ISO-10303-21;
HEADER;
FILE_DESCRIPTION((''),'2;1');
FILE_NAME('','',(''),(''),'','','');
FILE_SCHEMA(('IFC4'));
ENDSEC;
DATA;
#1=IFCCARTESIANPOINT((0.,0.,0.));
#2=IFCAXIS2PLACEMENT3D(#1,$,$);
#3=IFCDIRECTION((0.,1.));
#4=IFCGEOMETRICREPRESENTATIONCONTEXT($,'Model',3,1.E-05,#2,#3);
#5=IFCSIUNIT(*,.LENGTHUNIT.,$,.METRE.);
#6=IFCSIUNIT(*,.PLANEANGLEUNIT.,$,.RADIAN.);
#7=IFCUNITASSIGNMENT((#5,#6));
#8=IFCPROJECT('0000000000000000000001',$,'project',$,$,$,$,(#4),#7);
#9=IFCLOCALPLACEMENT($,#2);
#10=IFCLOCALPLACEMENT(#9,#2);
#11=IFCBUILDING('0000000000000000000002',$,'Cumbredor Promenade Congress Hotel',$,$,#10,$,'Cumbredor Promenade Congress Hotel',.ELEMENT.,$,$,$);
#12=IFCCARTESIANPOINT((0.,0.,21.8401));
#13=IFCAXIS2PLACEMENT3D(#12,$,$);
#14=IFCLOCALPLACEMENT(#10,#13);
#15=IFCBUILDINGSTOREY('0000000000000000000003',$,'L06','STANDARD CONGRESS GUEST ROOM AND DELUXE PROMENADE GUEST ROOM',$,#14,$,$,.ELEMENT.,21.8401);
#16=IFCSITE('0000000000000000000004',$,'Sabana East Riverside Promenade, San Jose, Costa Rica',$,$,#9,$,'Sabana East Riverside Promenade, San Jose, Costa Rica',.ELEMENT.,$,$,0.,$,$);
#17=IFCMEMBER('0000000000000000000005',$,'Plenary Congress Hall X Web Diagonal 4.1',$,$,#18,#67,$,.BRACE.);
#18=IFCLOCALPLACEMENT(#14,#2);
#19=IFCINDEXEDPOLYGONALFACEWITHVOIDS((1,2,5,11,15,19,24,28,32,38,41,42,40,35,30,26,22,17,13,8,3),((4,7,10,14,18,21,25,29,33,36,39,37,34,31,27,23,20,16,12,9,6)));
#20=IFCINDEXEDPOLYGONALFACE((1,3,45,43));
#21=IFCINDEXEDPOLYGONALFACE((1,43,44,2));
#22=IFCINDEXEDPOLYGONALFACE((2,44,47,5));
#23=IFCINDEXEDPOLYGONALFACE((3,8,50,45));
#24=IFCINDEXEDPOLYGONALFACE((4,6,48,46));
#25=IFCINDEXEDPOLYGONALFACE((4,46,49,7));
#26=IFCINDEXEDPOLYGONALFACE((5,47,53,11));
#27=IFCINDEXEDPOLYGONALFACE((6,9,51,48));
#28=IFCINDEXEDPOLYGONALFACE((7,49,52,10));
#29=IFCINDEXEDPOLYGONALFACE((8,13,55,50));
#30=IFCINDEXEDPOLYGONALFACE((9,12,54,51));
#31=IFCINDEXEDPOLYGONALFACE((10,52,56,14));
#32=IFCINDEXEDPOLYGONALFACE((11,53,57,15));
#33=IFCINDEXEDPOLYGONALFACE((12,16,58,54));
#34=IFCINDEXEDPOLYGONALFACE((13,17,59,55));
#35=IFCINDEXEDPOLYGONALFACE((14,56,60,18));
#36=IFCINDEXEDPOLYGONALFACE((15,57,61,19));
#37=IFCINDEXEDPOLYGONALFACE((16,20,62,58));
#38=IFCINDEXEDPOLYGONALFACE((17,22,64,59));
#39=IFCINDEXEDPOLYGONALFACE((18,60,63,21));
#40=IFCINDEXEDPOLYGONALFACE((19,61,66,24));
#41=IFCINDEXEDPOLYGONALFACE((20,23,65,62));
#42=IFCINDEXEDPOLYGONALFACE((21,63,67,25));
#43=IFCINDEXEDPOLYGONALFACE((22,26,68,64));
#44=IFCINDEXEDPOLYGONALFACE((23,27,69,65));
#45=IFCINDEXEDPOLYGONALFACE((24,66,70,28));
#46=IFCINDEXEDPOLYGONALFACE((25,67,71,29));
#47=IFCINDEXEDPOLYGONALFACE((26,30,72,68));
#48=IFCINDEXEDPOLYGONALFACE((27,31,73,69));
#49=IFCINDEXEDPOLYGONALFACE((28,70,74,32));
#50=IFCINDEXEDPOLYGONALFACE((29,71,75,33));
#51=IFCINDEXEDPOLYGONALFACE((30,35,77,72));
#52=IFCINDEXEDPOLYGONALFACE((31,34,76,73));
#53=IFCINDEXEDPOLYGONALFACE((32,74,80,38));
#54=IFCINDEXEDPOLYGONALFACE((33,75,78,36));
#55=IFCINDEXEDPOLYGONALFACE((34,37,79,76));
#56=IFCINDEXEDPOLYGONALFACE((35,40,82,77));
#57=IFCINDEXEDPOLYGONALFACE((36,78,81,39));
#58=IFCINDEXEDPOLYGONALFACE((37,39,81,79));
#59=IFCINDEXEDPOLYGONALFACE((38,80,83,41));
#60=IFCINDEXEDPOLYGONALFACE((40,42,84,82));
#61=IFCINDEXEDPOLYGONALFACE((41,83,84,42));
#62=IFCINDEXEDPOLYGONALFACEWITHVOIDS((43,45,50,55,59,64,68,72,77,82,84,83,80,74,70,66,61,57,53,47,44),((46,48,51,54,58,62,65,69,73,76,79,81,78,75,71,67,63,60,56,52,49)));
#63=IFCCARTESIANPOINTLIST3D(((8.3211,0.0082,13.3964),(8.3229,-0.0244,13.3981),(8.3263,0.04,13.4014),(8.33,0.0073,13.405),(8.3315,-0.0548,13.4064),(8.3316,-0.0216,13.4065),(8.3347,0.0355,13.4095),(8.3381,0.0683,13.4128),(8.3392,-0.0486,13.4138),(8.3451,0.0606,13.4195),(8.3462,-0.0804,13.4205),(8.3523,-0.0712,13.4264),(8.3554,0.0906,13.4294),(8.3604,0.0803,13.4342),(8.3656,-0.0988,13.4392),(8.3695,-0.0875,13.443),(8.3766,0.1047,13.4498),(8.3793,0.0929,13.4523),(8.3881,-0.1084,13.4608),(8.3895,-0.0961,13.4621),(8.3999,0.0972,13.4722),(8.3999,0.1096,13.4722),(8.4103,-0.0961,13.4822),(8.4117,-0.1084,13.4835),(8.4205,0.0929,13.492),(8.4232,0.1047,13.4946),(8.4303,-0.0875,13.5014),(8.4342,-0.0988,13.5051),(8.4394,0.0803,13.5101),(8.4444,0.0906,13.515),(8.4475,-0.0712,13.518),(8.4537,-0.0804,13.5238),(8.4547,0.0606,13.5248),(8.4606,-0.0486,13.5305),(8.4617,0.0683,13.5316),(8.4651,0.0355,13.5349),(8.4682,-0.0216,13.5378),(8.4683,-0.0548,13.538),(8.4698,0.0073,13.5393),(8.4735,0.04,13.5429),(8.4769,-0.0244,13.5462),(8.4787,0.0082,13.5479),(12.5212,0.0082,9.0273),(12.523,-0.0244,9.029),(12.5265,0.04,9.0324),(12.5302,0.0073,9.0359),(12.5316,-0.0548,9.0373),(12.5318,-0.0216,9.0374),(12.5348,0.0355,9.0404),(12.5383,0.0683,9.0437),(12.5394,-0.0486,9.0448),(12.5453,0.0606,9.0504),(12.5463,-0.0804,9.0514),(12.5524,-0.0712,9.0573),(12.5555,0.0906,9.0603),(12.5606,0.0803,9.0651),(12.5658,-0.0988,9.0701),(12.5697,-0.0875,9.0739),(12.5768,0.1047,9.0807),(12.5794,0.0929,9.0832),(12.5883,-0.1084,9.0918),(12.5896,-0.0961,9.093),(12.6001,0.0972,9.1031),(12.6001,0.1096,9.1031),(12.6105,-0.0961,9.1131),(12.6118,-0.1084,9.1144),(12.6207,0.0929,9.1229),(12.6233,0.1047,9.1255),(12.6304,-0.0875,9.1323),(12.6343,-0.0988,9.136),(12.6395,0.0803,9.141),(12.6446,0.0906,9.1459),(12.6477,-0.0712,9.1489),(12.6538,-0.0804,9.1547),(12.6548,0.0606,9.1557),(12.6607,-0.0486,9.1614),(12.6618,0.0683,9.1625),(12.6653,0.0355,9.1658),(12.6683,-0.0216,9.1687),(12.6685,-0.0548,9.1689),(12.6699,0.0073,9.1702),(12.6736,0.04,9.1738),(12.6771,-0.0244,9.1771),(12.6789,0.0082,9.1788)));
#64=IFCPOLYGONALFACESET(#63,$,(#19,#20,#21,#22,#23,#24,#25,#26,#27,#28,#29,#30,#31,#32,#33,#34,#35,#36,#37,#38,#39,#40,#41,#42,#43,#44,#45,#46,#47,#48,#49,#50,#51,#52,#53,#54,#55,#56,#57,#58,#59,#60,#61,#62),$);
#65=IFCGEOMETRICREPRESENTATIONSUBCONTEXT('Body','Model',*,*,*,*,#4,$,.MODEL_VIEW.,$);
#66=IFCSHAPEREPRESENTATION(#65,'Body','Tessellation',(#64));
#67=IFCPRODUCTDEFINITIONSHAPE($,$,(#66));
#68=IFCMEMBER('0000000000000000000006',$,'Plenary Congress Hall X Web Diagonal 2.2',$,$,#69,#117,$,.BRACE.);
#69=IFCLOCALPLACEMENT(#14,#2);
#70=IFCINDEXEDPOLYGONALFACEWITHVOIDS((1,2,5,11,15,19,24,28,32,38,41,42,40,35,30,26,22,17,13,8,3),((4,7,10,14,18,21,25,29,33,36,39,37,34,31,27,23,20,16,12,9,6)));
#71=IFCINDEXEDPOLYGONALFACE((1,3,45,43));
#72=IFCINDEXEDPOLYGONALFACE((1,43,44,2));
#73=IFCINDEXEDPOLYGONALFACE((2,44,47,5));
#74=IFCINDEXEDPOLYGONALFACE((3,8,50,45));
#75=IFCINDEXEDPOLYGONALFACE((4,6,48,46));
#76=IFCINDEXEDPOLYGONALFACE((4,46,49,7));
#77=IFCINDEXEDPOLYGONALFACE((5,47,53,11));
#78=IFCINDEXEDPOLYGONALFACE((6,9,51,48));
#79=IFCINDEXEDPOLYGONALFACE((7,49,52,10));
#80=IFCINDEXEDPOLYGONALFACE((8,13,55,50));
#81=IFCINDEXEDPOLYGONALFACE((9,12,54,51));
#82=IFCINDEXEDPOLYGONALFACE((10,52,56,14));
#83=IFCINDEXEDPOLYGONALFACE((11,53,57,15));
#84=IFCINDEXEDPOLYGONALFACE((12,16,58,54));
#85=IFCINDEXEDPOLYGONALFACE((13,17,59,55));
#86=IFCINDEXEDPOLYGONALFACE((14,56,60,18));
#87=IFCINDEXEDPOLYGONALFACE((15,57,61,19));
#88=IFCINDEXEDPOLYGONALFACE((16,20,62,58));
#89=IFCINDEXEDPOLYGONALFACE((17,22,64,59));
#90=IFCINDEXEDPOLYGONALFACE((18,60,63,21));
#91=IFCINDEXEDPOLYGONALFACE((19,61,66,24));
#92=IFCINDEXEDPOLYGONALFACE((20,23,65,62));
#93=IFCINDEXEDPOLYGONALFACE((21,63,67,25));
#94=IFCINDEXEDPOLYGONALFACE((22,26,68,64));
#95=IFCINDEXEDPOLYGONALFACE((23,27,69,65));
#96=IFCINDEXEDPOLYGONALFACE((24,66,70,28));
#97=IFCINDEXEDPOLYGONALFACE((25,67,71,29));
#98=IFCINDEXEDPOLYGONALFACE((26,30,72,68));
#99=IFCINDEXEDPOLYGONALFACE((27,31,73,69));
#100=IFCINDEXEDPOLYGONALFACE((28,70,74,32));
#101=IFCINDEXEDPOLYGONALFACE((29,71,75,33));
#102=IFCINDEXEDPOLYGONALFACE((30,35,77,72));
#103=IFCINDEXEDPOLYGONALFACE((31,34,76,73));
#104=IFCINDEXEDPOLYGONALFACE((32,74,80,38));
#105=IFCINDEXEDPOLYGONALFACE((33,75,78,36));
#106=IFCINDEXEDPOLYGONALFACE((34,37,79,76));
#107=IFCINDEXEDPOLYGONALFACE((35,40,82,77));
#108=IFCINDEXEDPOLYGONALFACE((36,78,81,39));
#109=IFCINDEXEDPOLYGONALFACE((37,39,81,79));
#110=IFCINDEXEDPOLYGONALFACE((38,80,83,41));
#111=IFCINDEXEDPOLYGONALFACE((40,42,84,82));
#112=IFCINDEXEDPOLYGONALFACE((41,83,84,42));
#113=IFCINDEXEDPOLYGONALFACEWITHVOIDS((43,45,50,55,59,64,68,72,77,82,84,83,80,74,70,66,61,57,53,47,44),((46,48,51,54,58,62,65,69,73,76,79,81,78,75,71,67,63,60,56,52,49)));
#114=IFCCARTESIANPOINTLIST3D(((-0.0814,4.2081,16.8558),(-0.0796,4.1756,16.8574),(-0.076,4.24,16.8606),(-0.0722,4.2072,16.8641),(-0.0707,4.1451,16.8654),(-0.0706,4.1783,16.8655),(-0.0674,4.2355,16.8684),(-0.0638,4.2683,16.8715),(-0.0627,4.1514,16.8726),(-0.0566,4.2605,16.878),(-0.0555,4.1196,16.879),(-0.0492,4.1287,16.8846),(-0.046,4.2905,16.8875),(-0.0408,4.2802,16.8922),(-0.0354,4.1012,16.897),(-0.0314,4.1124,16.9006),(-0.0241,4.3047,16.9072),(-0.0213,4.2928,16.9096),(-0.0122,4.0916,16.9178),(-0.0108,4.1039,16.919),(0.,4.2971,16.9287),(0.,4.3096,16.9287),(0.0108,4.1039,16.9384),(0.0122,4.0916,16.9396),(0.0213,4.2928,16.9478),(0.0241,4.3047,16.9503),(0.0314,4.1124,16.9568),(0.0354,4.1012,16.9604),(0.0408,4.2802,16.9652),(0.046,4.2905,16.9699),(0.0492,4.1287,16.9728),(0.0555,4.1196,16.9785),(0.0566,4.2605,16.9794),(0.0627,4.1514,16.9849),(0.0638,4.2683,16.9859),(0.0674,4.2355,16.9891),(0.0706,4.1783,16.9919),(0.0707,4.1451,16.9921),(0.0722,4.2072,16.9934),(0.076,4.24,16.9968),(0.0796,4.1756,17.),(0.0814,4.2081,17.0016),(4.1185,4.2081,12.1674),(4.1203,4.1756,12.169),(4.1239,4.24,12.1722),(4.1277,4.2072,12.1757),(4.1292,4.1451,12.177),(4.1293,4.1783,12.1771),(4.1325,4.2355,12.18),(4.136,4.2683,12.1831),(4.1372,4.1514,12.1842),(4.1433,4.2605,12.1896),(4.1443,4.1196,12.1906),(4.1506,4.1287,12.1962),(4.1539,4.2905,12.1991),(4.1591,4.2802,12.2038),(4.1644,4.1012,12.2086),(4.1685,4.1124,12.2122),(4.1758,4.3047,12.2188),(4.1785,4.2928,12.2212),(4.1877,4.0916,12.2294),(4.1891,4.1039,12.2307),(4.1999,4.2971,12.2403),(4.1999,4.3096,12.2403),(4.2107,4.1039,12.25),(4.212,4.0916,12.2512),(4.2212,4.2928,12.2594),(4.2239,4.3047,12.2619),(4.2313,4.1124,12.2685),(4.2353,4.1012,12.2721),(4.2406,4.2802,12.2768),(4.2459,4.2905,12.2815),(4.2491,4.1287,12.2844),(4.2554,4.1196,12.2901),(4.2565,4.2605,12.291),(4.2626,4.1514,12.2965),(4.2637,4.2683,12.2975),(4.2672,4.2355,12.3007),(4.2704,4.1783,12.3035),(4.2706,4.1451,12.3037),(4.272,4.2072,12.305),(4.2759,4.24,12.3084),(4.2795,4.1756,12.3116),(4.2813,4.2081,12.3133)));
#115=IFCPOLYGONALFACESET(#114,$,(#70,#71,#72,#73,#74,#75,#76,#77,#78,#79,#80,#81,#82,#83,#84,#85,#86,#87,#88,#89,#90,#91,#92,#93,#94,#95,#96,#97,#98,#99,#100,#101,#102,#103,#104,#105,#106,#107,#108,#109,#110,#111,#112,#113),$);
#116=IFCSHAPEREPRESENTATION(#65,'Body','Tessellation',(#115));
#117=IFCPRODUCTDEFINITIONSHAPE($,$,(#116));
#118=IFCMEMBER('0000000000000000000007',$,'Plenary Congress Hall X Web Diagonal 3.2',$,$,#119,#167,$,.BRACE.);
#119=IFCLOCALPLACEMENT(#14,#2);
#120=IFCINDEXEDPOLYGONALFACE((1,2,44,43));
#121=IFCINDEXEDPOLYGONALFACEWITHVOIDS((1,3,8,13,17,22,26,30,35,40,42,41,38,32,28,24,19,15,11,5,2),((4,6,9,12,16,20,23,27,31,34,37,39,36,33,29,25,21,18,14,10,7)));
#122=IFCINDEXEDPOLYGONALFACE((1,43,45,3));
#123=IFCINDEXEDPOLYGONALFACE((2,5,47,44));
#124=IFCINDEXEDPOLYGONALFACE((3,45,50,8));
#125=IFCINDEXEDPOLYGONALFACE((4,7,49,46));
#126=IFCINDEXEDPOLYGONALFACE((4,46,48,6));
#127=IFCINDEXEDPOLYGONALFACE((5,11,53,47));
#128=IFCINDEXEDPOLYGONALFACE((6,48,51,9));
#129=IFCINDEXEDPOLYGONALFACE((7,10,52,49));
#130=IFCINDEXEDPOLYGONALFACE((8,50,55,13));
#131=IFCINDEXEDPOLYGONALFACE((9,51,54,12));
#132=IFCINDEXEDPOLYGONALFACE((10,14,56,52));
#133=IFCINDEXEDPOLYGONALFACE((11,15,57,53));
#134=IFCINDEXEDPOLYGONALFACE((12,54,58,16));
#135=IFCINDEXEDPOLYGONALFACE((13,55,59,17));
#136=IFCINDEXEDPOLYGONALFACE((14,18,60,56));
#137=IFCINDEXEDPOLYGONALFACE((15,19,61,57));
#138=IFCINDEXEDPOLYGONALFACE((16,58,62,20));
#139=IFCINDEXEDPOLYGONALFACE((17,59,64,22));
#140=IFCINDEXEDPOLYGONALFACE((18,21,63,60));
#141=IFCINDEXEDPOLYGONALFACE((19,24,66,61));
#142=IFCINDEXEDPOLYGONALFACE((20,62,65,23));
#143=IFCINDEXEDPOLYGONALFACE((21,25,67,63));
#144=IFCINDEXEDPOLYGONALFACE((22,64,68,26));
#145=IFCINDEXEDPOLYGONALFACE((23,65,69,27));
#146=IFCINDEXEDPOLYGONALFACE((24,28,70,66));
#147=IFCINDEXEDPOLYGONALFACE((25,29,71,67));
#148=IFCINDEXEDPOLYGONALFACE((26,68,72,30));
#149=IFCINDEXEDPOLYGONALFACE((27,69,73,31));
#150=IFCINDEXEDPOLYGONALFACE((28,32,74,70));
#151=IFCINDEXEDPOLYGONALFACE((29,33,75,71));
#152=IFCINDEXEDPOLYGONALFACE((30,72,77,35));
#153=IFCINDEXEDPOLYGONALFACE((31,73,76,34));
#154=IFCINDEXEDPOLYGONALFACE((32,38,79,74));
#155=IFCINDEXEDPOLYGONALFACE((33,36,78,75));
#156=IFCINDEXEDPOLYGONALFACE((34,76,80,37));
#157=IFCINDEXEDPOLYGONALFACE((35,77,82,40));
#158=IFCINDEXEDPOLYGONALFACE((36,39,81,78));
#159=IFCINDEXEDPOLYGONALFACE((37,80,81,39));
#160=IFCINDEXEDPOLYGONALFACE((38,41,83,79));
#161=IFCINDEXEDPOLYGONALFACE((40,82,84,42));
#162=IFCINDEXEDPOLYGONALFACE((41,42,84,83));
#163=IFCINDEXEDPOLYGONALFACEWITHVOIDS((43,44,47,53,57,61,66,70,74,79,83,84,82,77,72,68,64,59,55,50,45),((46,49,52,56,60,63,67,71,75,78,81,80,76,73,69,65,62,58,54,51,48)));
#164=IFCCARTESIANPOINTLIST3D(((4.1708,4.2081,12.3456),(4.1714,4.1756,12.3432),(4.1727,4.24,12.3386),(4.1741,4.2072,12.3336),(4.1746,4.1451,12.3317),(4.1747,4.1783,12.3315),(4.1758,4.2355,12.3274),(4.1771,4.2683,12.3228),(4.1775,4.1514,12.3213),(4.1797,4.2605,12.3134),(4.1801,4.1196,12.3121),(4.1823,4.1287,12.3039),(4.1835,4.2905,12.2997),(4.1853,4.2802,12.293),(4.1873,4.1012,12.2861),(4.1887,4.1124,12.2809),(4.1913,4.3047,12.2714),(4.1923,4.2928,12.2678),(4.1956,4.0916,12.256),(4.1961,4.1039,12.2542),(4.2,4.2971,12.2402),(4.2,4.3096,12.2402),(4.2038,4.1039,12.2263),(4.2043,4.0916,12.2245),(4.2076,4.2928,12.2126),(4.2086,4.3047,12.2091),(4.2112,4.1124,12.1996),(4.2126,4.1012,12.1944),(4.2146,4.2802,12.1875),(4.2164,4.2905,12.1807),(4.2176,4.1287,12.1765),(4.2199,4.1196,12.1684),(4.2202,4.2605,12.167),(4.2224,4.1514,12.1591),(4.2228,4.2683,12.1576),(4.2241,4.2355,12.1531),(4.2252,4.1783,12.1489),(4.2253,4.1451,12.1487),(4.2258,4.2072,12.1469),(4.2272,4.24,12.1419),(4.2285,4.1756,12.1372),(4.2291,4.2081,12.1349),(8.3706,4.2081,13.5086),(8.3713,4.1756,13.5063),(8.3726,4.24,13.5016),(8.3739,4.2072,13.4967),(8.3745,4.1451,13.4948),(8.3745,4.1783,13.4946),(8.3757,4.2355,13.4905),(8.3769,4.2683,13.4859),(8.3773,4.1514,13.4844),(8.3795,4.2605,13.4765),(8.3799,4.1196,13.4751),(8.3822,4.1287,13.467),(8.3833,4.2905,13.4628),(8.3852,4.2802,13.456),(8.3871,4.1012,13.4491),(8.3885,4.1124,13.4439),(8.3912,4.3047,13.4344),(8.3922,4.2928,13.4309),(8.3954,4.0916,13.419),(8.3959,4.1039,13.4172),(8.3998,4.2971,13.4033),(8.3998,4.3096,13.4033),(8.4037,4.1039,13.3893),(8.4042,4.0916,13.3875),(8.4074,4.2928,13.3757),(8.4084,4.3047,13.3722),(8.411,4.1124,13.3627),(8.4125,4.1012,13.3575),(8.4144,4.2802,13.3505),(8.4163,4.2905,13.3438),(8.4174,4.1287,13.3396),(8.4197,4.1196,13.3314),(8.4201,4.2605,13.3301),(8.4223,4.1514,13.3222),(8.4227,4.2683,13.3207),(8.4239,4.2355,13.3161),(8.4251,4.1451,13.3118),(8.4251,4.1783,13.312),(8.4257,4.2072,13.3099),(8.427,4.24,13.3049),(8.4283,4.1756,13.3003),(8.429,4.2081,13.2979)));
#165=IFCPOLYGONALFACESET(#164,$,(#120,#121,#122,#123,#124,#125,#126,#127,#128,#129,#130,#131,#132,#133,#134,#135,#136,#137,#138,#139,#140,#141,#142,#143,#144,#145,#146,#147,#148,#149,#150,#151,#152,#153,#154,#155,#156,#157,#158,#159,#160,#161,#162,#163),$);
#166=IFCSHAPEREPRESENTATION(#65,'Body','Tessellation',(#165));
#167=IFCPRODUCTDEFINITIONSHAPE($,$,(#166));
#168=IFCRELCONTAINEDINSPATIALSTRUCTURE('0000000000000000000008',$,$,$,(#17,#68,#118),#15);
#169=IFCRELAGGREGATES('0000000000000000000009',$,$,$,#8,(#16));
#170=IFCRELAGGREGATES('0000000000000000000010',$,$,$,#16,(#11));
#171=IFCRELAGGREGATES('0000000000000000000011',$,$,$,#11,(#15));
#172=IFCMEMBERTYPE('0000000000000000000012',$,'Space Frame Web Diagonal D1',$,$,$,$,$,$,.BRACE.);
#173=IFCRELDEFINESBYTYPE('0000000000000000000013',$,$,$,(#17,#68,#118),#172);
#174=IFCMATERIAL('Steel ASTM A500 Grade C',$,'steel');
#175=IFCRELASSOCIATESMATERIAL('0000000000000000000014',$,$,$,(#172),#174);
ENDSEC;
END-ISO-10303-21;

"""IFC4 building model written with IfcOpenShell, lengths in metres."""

from ifc_helpers import new_model, si_unit, direction, frame, origin, origin_2d, place, context, subcontext, project, spatial, hollow_circle, extrude, material, material_profile, profile_set, type_object, element, save


model = new_model("IFC4")

# Units and contexts
model_context = context("Model", 3, precision=1e-05, world=origin(), true_north=direction((0.0, 1.0)))
body_context = subcontext(model_context, "Body", "Model", "MODEL_VIEW")
ifc_project = project(units=[si_unit("LENGTHUNIT", "METRE"), si_unit("PLANEANGLEUNIT", "RADIAN")], contexts=[model_context])

# Site, building, storey
site_placement = place(None, origin())
site = spatial("IfcSite", under=ifc_project, at=site_placement, Name="Sabana East Riverside Promenade, San Jose, Costa Rica", LongName="Sabana East Riverside Promenade, San Jose, Costa Rica", CompositionType="ELEMENT", RefElevation=0.0)
building_placement = place(site_placement, origin())
building = spatial("IfcBuilding", under=site, at=building_placement, Name="Cumbredor Promenade Congress Hotel", LongName="Cumbredor Promenade Congress Hotel", CompositionType="ELEMENT")
storey_placement = place(building_placement, frame((0.0, 0.0, 21.8401)))
storey = spatial("IfcBuildingStorey", under=building, at=storey_placement, Name="L06", Description="STANDARD CONGRESS GUEST ROOM AND DELUXE PROMENADE GUEST ROOM", CompositionType="ELEMENT", Elevation=21.8401)

# Members
ifc_material_1 = material(Name="Steel ASTM A500 Grade C", Category="steel")
ifc_material_profile_1 = material_profile(ifc_material_1, hollow_circle(Radius=0.1096, WallThickness=0.0125, at=origin_2d()), Name="CHS 219.1x12.5")
ifc_profile_set_1 = profile_set([ifc_material_profile_1], Name="Steel ASTM A500 Grade C")
member_type_1 = type_object("IfcMemberType", Name="Space Frame Web Diagonal D1", PredefinedType="BRACE", material=ifc_profile_set_1)
member_1_placement = place(storey_placement, frame((8.3999, 0.0, 13.4722), z_axis=(0.693031, 0.0, -0.720907), x_axis=(0.0, 1.0, 0.0)))
element("IfcMember", 1, at=member_1_placement, inside=storey, type_object=member_type_1, Name="Plenary Congress Hall X Web Diagonal 4.1", PredefinedType="BRACE", context=body_context, shape_type="SweptSolid", body=[
    extrude(hollow_circle(Radius=0.1096, WallThickness=0.0125, at=origin_2d()), origin(), (0.0, 0.0, 1.0), 6.0605),
])
member_2_placement = place(storey_placement, frame((0.0, 4.2, 16.9287), z_axis=(0.667236, 0.0, -0.744847), x_axis=(0.0, 1.0, 0.0)))
element("IfcMember", 2, at=member_2_placement, inside=storey, type_object=member_type_1, Name="Plenary Congress Hall X Web Diagonal 2.2", PredefinedType="BRACE", context=body_context, shape_type="SweptSolid", body=[
    extrude(hollow_circle(Radius=0.1096, WallThickness=0.0125, at=origin_2d()), origin(), (0.0, 0.0, 1.0), 6.2944),
])
member_3_placement = place(storey_placement, frame((4.2, 4.2, 12.2402), z_axis=(0.963729, 0.0, 0.266884), x_axis=(0.0, 1.0, 0.0)))
element("IfcMember", 3, at=member_3_placement, inside=storey, type_object=member_type_1, Name="Plenary Congress Hall X Web Diagonal 3.2", PredefinedType="BRACE", context=body_context, shape_type="SweptSolid", body=[
    extrude(hollow_circle(Radius=0.1096, WallThickness=0.0125, at=origin_2d()), origin(), (0.0, 0.0, 1.0), 4.3579),
])

save(model, "model.ifc")
